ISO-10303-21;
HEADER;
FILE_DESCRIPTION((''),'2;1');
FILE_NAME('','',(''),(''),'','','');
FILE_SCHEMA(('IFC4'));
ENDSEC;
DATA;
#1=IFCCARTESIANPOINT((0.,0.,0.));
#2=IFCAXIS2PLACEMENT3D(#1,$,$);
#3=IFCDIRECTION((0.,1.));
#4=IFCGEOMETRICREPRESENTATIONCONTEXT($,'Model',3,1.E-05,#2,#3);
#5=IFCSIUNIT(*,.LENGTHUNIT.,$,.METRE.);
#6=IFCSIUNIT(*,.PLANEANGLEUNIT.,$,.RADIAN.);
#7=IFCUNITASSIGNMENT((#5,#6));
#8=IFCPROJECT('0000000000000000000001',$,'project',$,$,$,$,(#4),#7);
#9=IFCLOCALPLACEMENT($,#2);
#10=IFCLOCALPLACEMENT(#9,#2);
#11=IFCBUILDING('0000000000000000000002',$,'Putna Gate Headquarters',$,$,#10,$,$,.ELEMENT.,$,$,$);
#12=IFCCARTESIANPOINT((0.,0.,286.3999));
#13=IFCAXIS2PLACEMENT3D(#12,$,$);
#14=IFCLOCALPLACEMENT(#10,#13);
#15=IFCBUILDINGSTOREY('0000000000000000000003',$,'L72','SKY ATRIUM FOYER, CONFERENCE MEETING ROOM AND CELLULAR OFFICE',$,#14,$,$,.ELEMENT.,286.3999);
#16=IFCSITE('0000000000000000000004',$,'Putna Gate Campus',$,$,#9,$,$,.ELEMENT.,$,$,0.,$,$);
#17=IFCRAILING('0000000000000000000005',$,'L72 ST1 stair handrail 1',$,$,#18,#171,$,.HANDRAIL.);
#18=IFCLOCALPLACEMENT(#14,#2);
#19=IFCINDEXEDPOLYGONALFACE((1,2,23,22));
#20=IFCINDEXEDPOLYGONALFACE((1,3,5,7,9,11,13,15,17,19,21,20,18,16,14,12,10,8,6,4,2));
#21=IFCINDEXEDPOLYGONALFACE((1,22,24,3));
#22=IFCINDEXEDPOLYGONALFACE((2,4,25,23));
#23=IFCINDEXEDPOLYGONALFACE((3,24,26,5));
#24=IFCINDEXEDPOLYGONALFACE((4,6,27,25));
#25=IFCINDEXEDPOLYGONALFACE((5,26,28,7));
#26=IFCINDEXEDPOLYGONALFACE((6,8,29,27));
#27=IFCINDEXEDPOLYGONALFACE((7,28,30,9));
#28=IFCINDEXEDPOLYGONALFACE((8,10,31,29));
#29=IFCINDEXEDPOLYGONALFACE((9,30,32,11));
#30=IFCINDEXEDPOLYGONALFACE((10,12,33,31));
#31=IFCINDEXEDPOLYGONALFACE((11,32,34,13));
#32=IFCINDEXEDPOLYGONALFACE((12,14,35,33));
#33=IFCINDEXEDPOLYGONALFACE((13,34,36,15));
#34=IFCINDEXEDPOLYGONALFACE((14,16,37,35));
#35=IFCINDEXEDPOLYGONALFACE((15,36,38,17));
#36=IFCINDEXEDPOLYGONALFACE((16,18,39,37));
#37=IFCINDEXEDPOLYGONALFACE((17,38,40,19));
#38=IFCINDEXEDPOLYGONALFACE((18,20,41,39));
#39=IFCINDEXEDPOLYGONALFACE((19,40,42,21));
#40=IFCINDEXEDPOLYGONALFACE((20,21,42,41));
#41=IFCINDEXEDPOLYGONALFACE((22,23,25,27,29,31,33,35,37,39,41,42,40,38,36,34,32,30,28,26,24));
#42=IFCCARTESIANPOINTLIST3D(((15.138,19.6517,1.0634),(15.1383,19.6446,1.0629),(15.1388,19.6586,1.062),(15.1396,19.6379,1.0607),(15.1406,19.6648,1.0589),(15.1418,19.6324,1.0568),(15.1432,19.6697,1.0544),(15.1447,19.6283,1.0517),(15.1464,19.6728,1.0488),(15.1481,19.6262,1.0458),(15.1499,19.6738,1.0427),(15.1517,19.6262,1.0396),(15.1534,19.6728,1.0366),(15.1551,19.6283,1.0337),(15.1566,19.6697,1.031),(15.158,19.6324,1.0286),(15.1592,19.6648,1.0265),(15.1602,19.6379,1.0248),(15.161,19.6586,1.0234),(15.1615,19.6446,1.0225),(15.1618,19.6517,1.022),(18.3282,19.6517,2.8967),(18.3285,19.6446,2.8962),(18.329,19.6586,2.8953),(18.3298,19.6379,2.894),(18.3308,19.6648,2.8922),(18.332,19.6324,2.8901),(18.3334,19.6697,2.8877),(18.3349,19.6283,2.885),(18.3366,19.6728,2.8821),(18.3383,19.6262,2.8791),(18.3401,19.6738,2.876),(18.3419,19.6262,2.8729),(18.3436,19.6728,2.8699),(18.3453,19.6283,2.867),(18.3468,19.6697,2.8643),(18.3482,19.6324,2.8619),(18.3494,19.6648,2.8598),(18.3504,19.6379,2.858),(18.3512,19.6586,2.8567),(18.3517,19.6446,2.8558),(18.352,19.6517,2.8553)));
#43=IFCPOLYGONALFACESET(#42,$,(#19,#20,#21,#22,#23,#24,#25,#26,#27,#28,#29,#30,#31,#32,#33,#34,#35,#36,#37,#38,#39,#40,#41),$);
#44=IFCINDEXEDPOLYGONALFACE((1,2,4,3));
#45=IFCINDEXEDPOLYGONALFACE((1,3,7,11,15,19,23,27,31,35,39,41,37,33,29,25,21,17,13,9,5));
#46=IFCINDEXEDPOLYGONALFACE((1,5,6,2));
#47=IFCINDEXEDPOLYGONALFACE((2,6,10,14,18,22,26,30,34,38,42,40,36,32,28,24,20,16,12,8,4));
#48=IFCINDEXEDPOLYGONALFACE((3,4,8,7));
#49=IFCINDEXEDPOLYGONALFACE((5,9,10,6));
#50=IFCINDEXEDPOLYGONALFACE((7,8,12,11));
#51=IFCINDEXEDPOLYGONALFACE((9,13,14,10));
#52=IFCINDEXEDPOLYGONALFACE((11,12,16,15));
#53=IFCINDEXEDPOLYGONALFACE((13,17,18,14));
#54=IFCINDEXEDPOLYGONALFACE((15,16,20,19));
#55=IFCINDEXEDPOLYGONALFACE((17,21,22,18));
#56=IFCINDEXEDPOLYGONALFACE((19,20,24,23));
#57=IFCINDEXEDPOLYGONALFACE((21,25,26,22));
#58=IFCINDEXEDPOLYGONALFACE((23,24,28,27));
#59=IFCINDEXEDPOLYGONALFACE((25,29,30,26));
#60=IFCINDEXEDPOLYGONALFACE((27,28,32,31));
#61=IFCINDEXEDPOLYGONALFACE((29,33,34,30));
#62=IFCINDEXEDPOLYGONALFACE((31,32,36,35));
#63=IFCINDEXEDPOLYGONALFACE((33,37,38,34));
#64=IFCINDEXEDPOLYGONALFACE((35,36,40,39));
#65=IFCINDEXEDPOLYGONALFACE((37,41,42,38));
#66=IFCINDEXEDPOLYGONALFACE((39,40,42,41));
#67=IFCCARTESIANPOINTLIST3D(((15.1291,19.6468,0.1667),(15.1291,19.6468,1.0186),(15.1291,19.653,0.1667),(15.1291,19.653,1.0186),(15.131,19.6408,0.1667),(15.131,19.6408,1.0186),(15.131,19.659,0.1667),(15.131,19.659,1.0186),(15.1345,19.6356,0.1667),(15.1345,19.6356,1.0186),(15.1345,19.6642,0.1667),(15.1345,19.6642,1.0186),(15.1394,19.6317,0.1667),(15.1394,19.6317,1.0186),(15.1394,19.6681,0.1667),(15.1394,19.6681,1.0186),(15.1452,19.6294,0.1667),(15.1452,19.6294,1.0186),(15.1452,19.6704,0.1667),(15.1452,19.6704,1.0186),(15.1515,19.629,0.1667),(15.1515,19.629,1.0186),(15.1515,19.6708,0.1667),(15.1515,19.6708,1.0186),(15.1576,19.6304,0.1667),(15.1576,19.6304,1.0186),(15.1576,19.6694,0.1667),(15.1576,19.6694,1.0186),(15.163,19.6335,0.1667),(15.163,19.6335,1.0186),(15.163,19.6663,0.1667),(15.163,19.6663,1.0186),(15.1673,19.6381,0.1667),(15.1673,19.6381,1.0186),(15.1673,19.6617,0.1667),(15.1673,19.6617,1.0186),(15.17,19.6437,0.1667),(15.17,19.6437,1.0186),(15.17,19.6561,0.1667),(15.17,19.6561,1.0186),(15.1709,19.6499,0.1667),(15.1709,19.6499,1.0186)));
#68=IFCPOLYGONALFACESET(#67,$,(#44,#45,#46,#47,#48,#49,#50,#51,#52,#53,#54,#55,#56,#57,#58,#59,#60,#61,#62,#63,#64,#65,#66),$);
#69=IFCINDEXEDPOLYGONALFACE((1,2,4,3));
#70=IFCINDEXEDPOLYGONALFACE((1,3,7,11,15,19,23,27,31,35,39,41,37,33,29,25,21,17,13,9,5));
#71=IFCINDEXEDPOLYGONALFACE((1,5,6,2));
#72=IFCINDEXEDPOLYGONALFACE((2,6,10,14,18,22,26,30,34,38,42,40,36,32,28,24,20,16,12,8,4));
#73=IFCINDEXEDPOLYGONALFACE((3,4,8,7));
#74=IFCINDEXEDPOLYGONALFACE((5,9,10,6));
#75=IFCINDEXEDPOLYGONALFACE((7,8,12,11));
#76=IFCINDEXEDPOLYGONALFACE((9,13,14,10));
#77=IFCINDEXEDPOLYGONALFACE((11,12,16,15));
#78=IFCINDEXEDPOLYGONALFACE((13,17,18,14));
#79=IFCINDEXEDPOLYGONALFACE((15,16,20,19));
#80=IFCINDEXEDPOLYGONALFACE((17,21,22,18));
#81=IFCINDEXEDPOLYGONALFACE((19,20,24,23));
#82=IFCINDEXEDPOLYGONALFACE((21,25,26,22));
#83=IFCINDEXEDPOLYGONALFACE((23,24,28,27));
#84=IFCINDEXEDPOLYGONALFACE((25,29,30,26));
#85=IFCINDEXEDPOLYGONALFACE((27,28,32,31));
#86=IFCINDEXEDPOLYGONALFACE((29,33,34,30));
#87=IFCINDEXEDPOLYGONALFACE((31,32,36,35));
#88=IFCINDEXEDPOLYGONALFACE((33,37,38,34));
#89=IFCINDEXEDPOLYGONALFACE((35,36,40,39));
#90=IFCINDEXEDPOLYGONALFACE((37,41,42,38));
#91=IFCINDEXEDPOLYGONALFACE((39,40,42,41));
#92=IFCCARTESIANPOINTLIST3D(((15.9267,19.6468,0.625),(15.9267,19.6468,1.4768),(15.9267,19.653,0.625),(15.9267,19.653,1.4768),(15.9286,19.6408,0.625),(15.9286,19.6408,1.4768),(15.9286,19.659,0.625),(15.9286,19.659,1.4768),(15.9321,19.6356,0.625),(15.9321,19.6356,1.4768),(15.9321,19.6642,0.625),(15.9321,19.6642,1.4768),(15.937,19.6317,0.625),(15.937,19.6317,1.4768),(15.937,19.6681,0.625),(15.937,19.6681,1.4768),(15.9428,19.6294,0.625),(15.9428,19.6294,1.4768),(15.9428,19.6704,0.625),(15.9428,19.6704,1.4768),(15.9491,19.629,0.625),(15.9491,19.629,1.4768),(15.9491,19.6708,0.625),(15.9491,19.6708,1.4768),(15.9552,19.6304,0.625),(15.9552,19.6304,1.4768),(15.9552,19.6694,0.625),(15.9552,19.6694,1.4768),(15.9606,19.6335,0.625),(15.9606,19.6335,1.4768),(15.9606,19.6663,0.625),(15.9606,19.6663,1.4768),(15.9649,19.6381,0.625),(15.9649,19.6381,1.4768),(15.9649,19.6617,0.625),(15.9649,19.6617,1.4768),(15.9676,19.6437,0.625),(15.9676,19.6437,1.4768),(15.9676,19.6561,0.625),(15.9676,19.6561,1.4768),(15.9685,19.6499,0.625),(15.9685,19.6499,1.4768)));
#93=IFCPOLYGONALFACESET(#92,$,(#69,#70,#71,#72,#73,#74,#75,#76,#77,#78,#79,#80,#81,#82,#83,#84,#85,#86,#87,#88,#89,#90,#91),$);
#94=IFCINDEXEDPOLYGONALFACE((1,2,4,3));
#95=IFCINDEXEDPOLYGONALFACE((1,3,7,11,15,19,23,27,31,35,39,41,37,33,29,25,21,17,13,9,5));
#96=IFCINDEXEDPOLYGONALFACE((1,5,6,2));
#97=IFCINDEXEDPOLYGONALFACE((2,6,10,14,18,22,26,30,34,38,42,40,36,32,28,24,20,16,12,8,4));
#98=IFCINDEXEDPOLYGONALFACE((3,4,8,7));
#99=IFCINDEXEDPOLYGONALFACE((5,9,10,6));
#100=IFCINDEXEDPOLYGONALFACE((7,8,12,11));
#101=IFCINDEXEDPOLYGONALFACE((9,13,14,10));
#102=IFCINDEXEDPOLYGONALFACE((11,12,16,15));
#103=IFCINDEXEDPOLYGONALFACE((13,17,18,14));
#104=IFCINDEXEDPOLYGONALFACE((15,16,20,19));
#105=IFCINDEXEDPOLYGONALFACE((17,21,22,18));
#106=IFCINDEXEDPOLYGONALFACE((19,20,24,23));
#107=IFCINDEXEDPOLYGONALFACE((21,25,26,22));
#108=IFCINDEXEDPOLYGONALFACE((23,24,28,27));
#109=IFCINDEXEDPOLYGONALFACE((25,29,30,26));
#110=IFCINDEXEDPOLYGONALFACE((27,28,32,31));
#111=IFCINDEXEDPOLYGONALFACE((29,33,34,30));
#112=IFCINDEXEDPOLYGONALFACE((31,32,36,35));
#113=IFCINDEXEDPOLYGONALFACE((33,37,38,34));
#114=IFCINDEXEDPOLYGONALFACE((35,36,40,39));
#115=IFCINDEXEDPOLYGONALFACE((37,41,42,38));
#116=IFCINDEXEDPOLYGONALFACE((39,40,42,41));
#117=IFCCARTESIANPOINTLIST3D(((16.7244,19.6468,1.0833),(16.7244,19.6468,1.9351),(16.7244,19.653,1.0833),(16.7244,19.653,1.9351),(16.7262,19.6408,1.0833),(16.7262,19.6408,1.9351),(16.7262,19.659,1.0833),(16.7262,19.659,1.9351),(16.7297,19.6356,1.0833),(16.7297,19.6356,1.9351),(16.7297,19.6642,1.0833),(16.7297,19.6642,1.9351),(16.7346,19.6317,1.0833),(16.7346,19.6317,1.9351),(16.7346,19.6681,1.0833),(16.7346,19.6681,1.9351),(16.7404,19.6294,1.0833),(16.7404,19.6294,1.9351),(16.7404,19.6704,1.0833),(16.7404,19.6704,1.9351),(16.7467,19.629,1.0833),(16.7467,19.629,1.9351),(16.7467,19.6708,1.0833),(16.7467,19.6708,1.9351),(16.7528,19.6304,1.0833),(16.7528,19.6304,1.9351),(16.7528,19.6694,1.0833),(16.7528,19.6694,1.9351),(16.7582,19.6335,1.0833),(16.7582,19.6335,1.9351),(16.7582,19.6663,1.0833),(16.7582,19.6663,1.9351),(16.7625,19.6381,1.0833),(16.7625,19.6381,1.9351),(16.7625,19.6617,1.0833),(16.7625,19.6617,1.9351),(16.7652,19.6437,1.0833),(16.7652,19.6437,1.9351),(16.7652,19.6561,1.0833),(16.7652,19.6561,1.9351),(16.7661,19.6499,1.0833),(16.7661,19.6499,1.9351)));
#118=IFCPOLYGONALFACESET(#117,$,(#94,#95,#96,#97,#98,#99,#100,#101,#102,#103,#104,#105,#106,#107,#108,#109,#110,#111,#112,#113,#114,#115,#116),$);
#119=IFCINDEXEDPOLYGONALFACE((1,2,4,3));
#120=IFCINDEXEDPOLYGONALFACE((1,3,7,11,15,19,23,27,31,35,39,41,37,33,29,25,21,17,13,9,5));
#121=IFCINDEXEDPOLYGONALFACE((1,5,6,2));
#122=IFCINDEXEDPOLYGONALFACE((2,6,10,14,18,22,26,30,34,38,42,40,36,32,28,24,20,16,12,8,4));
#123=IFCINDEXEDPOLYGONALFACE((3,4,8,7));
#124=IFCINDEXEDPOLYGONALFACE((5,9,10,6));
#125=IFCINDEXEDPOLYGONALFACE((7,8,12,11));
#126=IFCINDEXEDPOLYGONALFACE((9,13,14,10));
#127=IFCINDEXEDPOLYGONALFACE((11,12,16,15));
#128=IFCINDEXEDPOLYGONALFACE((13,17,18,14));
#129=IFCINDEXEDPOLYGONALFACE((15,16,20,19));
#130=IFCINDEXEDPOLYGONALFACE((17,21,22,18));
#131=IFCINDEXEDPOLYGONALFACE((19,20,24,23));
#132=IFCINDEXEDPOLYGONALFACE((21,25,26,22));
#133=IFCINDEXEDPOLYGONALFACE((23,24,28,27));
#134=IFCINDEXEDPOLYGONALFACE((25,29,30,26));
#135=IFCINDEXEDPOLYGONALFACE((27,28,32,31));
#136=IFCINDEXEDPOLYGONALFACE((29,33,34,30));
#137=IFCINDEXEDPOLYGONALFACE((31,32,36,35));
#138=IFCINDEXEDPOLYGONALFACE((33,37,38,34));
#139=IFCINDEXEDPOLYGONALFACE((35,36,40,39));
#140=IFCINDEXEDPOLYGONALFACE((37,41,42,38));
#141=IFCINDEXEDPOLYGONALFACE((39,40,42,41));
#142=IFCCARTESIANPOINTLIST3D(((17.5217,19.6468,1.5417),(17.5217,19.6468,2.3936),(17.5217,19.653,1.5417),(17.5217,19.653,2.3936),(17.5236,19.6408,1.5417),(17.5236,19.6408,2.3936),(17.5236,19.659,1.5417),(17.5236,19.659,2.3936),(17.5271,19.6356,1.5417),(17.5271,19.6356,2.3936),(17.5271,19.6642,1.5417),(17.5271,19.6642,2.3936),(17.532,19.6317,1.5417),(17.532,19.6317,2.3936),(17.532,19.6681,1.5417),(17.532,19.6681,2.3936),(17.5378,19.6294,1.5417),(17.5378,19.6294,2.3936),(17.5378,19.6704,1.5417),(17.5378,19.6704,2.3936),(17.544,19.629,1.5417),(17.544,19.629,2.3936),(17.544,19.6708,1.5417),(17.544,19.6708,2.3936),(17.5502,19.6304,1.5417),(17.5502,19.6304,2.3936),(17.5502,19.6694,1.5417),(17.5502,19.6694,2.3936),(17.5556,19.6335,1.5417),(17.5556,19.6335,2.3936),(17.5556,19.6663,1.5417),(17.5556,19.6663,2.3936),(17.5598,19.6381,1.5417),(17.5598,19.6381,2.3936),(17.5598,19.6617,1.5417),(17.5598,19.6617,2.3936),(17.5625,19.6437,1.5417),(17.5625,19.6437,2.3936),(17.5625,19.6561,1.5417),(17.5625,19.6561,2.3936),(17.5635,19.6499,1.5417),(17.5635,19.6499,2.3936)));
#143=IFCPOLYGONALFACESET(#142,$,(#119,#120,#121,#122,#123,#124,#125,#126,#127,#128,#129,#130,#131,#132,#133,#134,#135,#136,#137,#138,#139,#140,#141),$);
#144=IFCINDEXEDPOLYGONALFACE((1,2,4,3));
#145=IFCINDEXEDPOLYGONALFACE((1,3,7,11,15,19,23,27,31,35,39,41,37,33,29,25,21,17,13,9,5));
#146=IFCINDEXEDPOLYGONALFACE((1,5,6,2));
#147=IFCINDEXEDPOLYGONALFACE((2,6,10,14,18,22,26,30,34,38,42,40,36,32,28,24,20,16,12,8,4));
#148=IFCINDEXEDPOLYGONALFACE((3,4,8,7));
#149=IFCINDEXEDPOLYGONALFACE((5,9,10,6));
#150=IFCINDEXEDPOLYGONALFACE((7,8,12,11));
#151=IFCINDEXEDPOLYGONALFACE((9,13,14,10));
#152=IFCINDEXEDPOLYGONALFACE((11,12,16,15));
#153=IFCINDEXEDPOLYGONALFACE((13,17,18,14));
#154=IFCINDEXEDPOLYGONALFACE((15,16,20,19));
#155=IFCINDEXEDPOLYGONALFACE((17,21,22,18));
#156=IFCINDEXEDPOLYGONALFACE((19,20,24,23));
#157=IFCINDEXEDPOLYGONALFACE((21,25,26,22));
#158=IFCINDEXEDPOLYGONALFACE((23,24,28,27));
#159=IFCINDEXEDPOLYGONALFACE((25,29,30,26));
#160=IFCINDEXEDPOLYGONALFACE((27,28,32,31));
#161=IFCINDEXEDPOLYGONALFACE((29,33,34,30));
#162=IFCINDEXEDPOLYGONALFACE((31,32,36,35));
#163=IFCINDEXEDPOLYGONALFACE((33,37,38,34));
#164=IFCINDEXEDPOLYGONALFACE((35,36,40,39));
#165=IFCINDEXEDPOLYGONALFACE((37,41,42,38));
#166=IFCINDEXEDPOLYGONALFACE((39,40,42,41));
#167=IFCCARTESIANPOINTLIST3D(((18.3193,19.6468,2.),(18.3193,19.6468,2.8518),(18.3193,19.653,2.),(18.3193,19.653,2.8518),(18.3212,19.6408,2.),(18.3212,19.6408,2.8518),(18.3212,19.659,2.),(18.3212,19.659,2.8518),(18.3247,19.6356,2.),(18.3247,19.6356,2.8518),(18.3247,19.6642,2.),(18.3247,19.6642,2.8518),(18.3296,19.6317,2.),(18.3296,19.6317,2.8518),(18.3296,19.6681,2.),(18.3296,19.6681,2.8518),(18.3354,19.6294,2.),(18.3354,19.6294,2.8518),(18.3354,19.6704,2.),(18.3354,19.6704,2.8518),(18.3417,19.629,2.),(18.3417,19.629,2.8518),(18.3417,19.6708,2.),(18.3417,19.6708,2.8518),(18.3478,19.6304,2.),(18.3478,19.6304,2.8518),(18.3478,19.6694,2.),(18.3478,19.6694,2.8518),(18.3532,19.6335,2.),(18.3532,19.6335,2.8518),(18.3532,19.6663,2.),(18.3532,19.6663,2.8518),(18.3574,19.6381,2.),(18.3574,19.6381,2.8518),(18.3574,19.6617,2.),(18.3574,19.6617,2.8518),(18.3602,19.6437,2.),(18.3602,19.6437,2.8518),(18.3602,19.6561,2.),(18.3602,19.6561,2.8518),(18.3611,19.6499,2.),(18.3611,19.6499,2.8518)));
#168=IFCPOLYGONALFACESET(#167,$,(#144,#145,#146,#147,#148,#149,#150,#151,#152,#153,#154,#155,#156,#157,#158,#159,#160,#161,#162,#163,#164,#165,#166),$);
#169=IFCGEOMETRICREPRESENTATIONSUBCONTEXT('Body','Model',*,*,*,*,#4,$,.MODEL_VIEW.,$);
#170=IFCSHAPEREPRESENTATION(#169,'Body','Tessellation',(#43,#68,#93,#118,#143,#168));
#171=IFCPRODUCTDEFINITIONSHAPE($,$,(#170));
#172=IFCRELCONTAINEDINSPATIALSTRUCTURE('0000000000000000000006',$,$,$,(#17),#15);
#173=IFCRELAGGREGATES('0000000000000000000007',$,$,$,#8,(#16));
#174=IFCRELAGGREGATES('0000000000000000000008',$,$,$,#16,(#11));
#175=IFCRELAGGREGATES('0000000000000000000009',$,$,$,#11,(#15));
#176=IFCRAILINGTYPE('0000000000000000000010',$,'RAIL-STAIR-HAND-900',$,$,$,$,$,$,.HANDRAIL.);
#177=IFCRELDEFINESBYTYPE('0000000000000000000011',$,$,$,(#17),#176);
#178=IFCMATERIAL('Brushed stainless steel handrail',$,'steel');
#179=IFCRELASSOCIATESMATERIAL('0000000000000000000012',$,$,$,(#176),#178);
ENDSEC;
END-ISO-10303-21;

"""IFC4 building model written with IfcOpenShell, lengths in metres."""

from ifc_helpers import new_model, si_unit, direction, frame, origin, origin_2d, place, context, subcontext, project, spatial, circle, extrude, material, type_object, element, save


model = new_model("IFC4")

# Units and contexts
model_context = context("Model", 3, precision=1e-05, world=origin(), true_north=direction((0.0, 1.0)))
body_context = subcontext(model_context, "Body", "Model", "MODEL_VIEW")
ifc_project = project(units=[si_unit("LENGTHUNIT", "METRE"), si_unit("PLANEANGLEUNIT", "RADIAN")], contexts=[model_context])

# Site, building, storey
site_placement = place(None, origin())
site = spatial("IfcSite", under=ifc_project, at=site_placement, Name="Putna Gate Campus", CompositionType="ELEMENT", RefElevation=0.0)
building_placement = place(site_placement, origin())
building = spatial("IfcBuilding", under=site, at=building_placement, Name="Putna Gate Headquarters", CompositionType="ELEMENT")
storey_placement = place(building_placement, frame((0.0, 0.0, 286.3999)))
storey = spatial("IfcBuildingStorey", under=building, at=storey_placement, Name="L72", Description="SKY ATRIUM FOYER, CONFERENCE MEETING ROOM AND CELLULAR OFFICE", CompositionType="ELEMENT", Elevation=286.3999)

# Railing
ifc_material_1 = material(Name="Brushed stainless steel handrail", Category="steel")
railing_type_1 = type_object("IfcRailingType", Name="RAIL-STAIR-HAND-900", PredefinedType="HANDRAIL", material=ifc_material_1)
railing_1_placement = place(storey_placement, frame((15.1499, 19.6499, 0.1667)))
element("IfcRailing", 1, at=railing_1_placement, inside=storey, type_object=railing_type_1, Name="L72 ST1 stair handrail 1", PredefinedType="HANDRAIL", context=body_context, shape_type="SweptSolid", body=[
    extrude(circle(Radius=0.0239, at=origin_2d()), frame((0.0, 0.0, 0.876), z_axis=(0.867036, 0.0, 0.498245), x_axis=(0.0, 1.0, 0.0)), (0.0, 0.0, 1.0), 3.6794),
    extrude(circle(Radius=0.021, at=origin_2d()), origin(), (0.0, 0.0, 1.0), 0.8518),
    extrude(circle(Radius=0.021, at=origin_2d()), frame((0.7976, 0.0, 0.4583)), (0.0, 0.0, 1.0), 0.8518),
    extrude(circle(Radius=0.021, at=origin_2d()), frame((1.5952, 0.0, 0.9165)), (0.0, 0.0, 1.0), 0.8518),
    extrude(circle(Radius=0.021, at=origin_2d()), frame((2.3926, 0.0, 1.375)), (0.0, 0.0, 1.0), 0.8518),
    extrude(circle(Radius=0.021, at=origin_2d()), frame((3.1902, 0.0, 1.8333)), (0.0, 0.0, 1.0), 0.8518),
])

save(model, "model.ifc")
